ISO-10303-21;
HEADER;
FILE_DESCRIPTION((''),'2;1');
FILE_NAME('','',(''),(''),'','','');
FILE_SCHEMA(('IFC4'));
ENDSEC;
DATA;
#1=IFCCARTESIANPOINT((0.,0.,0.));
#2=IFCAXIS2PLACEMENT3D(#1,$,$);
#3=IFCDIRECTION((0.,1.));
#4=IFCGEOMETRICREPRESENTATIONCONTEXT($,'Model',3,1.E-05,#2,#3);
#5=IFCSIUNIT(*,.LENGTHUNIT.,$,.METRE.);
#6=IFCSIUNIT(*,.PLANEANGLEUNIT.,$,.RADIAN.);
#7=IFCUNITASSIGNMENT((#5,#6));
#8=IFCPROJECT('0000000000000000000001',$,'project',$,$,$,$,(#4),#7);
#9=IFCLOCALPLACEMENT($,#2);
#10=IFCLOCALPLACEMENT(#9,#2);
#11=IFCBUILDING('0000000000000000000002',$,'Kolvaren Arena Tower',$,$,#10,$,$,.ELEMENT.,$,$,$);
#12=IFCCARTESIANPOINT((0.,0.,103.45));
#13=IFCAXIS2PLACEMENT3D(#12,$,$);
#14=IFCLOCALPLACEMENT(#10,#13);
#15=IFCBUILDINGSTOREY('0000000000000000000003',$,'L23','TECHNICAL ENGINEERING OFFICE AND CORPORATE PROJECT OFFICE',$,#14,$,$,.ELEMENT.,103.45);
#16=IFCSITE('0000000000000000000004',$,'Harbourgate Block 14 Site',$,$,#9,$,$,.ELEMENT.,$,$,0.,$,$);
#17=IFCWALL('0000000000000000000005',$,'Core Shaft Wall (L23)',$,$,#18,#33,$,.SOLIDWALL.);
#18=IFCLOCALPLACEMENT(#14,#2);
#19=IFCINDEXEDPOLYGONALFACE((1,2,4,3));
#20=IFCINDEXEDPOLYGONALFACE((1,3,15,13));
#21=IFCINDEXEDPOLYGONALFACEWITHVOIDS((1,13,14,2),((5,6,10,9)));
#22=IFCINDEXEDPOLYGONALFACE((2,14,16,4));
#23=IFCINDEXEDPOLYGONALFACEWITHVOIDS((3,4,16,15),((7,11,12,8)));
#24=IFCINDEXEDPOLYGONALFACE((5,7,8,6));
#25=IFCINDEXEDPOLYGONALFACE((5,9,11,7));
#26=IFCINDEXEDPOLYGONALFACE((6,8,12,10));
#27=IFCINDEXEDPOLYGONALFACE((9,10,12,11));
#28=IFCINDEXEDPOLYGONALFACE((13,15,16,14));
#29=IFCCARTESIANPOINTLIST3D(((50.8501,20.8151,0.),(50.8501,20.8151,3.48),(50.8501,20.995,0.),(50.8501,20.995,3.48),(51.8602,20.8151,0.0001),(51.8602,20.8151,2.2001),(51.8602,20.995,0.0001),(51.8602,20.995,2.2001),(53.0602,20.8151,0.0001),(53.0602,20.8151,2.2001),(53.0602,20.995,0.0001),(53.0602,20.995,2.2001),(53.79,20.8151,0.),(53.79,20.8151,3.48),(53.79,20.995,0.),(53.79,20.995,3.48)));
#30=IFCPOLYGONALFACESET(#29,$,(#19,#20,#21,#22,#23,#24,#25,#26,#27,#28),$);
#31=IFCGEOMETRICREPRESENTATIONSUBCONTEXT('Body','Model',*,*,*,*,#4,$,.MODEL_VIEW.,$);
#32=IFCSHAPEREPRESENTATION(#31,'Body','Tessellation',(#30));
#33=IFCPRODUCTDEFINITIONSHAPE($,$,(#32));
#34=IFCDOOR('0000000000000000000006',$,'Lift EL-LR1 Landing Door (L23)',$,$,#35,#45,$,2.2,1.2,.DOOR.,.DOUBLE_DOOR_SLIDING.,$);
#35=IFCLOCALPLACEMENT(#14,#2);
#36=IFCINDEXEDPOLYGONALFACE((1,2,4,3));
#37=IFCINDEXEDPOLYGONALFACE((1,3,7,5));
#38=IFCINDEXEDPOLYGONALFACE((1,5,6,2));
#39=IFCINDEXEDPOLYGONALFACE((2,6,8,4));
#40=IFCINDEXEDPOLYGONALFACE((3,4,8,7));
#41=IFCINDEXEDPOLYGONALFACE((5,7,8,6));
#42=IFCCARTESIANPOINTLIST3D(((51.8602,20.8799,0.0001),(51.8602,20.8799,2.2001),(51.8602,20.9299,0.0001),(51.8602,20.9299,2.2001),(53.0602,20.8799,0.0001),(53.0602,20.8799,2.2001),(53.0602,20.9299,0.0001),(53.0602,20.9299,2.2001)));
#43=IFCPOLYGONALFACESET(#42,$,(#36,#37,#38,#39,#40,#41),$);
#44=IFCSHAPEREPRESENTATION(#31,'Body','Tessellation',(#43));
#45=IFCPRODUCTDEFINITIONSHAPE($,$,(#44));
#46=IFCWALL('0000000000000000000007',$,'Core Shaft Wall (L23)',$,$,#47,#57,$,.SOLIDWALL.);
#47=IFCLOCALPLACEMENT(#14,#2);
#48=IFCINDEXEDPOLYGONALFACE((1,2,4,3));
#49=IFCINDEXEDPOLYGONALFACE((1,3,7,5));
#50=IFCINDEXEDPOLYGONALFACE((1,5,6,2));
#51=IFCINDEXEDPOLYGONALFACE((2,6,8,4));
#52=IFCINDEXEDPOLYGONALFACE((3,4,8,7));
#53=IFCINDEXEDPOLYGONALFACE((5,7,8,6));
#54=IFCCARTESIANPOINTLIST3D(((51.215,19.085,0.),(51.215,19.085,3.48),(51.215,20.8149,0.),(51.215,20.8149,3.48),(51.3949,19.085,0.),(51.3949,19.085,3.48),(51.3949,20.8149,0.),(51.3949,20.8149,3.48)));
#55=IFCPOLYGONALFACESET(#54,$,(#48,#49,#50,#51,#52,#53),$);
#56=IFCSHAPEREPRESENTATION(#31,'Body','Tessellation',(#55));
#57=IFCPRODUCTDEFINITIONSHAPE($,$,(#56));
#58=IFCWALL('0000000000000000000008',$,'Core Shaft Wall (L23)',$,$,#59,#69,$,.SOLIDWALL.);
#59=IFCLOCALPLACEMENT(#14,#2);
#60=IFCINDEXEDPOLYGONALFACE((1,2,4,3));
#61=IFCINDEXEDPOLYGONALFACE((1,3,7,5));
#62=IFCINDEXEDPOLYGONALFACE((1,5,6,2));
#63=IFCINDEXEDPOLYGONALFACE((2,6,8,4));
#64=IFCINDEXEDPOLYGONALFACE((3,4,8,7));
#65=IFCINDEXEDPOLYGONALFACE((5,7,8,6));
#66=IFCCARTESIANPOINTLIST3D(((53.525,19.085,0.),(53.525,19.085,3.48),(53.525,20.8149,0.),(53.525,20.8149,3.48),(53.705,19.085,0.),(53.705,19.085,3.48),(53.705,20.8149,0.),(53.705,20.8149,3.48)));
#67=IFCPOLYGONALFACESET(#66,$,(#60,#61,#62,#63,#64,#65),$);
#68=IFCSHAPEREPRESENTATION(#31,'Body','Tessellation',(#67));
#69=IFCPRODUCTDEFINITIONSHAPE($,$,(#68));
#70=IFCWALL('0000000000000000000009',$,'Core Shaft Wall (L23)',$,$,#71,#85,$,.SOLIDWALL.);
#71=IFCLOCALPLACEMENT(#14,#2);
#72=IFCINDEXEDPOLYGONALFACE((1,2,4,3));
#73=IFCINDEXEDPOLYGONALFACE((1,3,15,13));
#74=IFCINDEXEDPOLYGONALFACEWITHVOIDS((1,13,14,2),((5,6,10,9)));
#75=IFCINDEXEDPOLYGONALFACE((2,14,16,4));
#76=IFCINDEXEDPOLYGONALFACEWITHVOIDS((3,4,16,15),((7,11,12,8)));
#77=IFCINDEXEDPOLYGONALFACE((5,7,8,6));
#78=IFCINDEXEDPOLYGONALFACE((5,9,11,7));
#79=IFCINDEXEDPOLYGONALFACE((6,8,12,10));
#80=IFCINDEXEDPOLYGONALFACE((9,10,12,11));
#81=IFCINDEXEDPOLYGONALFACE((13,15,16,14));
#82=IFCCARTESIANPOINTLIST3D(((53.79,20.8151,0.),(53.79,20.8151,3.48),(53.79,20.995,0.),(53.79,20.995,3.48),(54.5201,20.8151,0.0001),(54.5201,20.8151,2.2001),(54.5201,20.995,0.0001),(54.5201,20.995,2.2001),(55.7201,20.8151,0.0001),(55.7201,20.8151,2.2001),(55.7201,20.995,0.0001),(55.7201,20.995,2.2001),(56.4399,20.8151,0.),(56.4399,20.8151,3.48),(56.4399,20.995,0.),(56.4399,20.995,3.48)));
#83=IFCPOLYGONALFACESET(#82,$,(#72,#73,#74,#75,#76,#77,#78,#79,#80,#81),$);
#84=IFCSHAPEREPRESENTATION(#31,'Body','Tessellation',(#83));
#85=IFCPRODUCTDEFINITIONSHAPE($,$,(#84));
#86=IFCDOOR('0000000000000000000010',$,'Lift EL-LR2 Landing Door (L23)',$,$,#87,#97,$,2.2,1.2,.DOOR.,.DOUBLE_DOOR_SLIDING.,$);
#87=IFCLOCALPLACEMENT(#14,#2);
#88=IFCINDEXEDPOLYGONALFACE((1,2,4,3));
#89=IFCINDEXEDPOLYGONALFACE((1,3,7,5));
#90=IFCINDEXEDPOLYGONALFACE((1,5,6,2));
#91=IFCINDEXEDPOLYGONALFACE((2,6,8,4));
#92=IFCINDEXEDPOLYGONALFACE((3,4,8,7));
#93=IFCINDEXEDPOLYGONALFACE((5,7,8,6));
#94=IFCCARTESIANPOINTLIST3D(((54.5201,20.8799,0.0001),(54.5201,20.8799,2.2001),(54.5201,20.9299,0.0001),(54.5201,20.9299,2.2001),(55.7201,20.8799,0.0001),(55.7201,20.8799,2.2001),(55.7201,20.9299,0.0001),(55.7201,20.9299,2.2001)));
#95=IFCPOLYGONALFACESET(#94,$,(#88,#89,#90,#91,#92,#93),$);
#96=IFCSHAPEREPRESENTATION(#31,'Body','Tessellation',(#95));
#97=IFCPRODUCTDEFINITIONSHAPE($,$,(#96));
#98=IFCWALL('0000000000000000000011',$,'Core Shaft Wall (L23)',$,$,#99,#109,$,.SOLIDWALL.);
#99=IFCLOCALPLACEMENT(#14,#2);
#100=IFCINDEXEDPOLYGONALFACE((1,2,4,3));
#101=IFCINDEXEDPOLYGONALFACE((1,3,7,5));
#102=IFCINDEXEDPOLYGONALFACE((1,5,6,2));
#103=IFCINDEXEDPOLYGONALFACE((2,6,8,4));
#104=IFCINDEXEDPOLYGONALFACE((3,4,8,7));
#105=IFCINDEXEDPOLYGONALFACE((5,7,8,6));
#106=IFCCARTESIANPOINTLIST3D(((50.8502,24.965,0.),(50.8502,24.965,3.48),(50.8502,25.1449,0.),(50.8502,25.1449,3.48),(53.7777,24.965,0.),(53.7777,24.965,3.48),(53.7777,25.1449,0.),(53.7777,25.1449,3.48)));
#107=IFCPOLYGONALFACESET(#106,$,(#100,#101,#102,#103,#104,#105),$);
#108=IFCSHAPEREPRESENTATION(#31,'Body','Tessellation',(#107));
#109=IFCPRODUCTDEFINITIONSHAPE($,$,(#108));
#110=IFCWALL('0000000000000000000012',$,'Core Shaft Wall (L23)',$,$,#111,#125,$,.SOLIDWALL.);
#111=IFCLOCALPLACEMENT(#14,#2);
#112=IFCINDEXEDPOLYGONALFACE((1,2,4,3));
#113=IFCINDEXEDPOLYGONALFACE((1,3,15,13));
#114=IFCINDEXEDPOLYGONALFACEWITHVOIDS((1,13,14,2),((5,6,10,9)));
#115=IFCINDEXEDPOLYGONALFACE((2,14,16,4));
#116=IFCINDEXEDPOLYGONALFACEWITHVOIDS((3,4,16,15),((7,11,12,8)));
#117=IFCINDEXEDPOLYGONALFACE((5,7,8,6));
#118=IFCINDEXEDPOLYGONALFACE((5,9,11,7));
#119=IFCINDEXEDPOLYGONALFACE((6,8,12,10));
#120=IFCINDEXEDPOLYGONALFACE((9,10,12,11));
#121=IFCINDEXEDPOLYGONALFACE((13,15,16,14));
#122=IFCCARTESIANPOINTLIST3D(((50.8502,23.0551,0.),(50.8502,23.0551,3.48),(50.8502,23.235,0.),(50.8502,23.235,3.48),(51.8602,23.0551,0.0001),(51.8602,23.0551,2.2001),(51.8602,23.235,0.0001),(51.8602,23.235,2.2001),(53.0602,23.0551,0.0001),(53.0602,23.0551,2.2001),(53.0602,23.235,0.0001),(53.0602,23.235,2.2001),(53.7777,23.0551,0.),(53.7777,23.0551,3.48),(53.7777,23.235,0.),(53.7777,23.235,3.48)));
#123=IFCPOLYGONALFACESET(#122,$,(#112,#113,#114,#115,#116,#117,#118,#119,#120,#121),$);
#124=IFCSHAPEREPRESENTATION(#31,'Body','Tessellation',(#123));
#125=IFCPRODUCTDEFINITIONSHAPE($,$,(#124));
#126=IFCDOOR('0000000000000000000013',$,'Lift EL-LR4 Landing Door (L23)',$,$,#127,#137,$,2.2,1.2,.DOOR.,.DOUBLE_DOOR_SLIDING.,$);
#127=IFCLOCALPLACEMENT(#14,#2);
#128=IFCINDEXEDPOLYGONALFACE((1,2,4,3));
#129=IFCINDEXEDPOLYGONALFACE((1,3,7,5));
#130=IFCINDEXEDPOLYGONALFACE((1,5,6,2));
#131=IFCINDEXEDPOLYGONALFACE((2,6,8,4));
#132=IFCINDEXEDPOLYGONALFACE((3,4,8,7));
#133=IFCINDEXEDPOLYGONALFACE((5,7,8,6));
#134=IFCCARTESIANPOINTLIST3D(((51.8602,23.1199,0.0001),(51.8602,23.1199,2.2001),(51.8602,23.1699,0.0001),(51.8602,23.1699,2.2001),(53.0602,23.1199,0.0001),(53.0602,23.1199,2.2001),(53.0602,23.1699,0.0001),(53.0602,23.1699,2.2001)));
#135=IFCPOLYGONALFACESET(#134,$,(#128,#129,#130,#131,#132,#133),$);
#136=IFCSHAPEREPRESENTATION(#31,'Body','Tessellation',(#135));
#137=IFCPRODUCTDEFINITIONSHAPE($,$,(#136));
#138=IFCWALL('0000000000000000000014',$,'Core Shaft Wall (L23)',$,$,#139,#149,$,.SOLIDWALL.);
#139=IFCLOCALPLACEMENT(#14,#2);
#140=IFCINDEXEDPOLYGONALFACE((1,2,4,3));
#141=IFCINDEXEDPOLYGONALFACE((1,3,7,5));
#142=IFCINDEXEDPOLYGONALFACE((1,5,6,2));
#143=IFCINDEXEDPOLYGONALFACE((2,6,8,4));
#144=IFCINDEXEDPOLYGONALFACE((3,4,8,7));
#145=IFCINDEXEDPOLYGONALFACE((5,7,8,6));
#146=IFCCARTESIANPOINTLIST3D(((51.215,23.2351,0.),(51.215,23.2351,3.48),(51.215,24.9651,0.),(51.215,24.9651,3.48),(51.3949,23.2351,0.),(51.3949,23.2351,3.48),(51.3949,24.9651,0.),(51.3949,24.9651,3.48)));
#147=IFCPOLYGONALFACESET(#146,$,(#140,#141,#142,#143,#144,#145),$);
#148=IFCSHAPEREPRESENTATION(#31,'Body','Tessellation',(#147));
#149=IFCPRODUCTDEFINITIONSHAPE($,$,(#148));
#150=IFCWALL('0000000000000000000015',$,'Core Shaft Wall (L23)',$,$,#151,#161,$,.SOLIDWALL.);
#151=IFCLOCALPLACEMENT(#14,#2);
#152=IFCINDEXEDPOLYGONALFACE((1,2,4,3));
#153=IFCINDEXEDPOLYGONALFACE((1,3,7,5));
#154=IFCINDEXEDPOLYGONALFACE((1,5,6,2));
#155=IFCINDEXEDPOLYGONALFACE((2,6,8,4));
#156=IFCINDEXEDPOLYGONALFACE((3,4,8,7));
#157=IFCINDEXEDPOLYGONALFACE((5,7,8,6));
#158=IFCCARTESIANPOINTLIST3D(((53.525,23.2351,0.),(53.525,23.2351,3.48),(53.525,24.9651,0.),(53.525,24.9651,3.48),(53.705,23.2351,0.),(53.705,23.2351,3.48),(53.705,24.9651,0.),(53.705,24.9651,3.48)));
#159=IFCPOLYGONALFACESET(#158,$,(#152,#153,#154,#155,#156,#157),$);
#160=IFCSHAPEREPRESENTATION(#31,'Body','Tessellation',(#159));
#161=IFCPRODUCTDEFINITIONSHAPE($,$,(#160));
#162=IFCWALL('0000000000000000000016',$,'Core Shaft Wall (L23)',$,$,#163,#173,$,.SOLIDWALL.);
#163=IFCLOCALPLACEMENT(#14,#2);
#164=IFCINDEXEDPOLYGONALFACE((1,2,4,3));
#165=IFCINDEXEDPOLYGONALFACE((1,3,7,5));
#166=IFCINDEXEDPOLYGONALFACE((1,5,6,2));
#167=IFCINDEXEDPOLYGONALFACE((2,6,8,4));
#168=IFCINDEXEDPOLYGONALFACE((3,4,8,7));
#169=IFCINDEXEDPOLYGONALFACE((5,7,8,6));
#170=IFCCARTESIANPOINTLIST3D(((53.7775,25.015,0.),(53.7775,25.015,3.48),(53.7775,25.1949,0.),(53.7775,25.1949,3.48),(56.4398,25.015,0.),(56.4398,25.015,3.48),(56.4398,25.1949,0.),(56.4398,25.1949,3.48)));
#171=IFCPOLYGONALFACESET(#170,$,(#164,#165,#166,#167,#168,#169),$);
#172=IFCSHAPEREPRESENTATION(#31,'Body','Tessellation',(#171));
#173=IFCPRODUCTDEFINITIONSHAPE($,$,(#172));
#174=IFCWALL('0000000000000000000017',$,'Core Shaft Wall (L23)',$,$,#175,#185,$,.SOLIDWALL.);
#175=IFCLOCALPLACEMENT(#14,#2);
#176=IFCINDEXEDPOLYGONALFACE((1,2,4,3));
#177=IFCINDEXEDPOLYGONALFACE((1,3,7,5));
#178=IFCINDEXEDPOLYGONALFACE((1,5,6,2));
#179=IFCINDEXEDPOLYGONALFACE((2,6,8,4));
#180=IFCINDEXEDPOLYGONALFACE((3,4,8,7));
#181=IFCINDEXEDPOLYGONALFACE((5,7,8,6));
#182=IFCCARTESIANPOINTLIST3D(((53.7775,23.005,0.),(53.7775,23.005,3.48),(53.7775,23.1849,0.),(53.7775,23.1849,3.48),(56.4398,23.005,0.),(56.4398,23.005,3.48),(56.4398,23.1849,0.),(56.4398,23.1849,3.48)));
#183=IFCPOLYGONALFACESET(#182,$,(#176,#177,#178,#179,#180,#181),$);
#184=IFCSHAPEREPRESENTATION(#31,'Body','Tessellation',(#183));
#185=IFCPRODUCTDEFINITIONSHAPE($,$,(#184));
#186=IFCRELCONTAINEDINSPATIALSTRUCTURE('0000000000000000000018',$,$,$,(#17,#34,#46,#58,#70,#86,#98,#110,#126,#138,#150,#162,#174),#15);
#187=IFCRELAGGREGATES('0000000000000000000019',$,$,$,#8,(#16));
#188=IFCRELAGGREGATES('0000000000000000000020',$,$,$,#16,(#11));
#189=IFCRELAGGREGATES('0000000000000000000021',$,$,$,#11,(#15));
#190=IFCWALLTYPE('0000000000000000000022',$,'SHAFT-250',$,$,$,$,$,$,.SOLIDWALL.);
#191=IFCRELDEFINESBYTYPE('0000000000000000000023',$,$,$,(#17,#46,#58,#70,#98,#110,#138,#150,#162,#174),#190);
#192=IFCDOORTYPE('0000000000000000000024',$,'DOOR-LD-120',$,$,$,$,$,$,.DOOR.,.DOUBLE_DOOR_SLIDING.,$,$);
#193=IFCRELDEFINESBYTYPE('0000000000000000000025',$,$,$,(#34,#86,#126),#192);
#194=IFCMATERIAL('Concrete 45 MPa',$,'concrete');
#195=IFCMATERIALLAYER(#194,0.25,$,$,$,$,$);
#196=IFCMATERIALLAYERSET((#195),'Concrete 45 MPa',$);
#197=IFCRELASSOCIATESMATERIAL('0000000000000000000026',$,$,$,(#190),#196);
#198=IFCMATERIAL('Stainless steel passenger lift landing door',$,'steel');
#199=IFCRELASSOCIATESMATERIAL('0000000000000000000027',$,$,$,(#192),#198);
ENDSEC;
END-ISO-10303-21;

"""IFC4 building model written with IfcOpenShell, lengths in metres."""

from ifc_helpers import new_model, si_unit, direction, frame, frame_2d, origin, place, context, subcontext, project, spatial, rectangle, extrude, material, layer, layer_set, type_object, element, fill, save


model = new_model("IFC4")

# Units and contexts
model_context = context("Model", 3, precision=1e-05, world=origin(), true_north=direction((0.0, 1.0)))
body_context = subcontext(model_context, "Body", "Model", "MODEL_VIEW")
ifc_project = project(units=[si_unit("LENGTHUNIT", "METRE"), si_unit("PLANEANGLEUNIT", "RADIAN")], contexts=[model_context])

# Site, building, storey
site_placement = place(None, origin())
site = spatial("IfcSite", under=ifc_project, at=site_placement, Name="Harbourgate Block 14 Site", CompositionType="ELEMENT", RefElevation=0.0)
building_placement = place(site_placement, origin())
building = spatial("IfcBuilding", under=site, at=building_placement, Name="Kolvaren Arena Tower", CompositionType="ELEMENT")
storey_placement = place(building_placement, frame((0.0, 0.0, 103.45)))
storey = spatial("IfcBuildingStorey", under=building, at=storey_placement, Name="L23", Description="TECHNICAL ENGINEERING OFFICE AND CORPORATE PROJECT OFFICE", CompositionType="ELEMENT", Elevation=103.45)

# Wall, opening, door
ifc_material_1 = material(Name="Concrete 45 MPa", Category="concrete")
ifc_layer_1 = layer(ifc_material_1, 0.25)
ifc_layer_set_1 = layer_set([ifc_layer_1], Name="Concrete 45 MPa")
wall_type_1 = type_object("IfcWallType", Name="SHAFT-250", PredefinedType="SOLIDWALL", material=ifc_layer_set_1)
wall_1_placement = place(storey_placement, frame((50.8501, 20.905, 0.0), z_axis=(0.0, 0.0, 1.0), x_axis=(1.0, 0.0, 0.0)))
wall_1 = element("IfcWall", 1, at=wall_1_placement, inside=storey, type_object=wall_type_1, Name="Core Shaft Wall (L23)", PredefinedType="SOLIDWALL", context=body_context, shape_type="SweptSolid", body=[
    extrude(rectangle(XDim=2.9399, YDim=0.1799, at=frame_2d((1.47, 0.0))), origin(), (0.0, 0.0, 1.0), 3.48),
])
opening_1_placement = place(wall_1_placement, frame((1.01, 0.0, 0.0)))
opening_1 = element("IfcOpeningElement", 2, at=opening_1_placement, cuts=wall_1, PredefinedType="OPENING", context=body_context, shape_type="SweptSolid", body=[
    extrude(rectangle(XDim=1.2, YDim=2.2, at=frame_2d((0.6001, 1.1001))), frame((0.0, 0.0999, 0.0), z_axis=(0.0, -1.0, 0.0), x_axis=(1.0, 0.0, 0.0)), (0.0, 0.0, 1.0), 0.2),
])
ifc_material_2 = material(Name="Stainless steel passenger lift landing door", Category="steel")
door_type_1 = type_object("IfcDoorType", Name="DOOR-LD-120", OperationType="DOUBLE_DOOR_SLIDING", PredefinedType="DOOR", material=ifc_material_2)
door_1_placement = place(opening_1_placement, origin())
door_1 = element("IfcDoor", 3, at=door_1_placement, inside=storey, type_object=door_type_1, Name="Lift EL-LR1 Landing Door (L23)", OperationType="DOUBLE_DOOR_SLIDING", OverallHeight=2.2, OverallWidth=1.2, PredefinedType="DOOR", context=body_context, shape_type="SweptSolid", body=[
    extrude(rectangle(XDim=1.2, YDim=2.2, at=frame_2d((0.6001, 1.1001))), frame((0.0, 0.0249, 0.0), z_axis=(0.0, -1.0, 0.0), x_axis=(1.0, 0.0, 0.0)), (0.0, 0.0, 1.0), 0.05),
])
fill(opening_1, door_1)

# Walls
for number, where, z_axis, x_axis, name in (
    (4, (51.3049, 19.085, 0.0), (0.0, 0.0, 1.0), (0.0, 1.0, 0.0), "Core Shaft Wall (L23)"),
    (5, (53.615, 19.085, 0.0), (0.0, 0.0, 1.0), (0.0, 1.0, 0.0), "Core Shaft Wall (L23)"),
):
    element("IfcWall", number, at=place(storey_placement, frame(where, z_axis=z_axis, x_axis=x_axis)), inside=storey, type_object=wall_type_1, Name=name, PredefinedType="SOLIDWALL", context=body_context, shape_type="SweptSolid", body=[
        extrude(rectangle(XDim=1.73, YDim=0.1799, at=frame_2d((0.865, 0.0))), origin(), (0.0, 0.0, 1.0), 3.48),
    ])

# Wall, opening, door
wall_2_placement = place(storey_placement, frame((53.79, 20.905, 0.0), z_axis=(0.0, 0.0, 1.0), x_axis=(1.0, 0.0, 0.0)))
wall_2 = element("IfcWall", 6, at=wall_2_placement, inside=storey, type_object=wall_type_1, Name="Core Shaft Wall (L23)", PredefinedType="SOLIDWALL", context=body_context, shape_type="SweptSolid", body=[
    extrude(rectangle(XDim=2.6499, YDim=0.1799, at=frame_2d((1.325, 0.0))), origin(), (0.0, 0.0, 1.0), 3.48),
])
opening_2_placement = place(wall_2_placement, frame((0.73, 0.0, 0.0)))
opening_2 = element("IfcOpeningElement", 7, at=opening_2_placement, cuts=wall_2, PredefinedType="OPENING", context=body_context, shape_type="SweptSolid", body=[
    extrude(rectangle(XDim=1.2, YDim=2.2, at=frame_2d((0.6001, 1.1001))), frame((0.0, 0.0999, 0.0), z_axis=(0.0, -1.0, 0.0), x_axis=(1.0, 0.0, 0.0)), (0.0, 0.0, 1.0), 0.2),
])
door_2_placement = place(opening_2_placement, origin())
door_2 = element("IfcDoor", 8, at=door_2_placement, inside=storey, type_object=door_type_1, Name="Lift EL-LR2 Landing Door (L23)", OperationType="DOUBLE_DOOR_SLIDING", OverallHeight=2.2, OverallWidth=1.2, PredefinedType="DOOR", context=body_context, shape_type="SweptSolid", body=[
    extrude(rectangle(XDim=1.2, YDim=2.2, at=frame_2d((0.6001, 1.1001))), frame((0.0, 0.0249, 0.0), z_axis=(0.0, -1.0, 0.0), x_axis=(1.0, 0.0, 0.0)), (0.0, 0.0, 1.0), 0.05),
])
fill(opening_2, door_2)

# Wall
wall_3_placement = place(storey_placement, frame((50.8501, 25.0549, 0.0), z_axis=(0.0, 0.0, 1.0), x_axis=(1.0, 0.0, 0.0)))
element("IfcWall", 9, at=wall_3_placement, inside=storey, type_object=wall_type_1, Name="Core Shaft Wall (L23)", PredefinedType="SOLIDWALL", context=body_context, shape_type="SweptSolid", body=[
    extrude(rectangle(XDim=2.9275, YDim=0.1799, at=frame_2d((1.4639, 0.0))), origin(), (0.0, 0.0, 1.0), 3.48),
])

# Wall, opening, door
wall_4_placement = place(storey_placement, frame((50.8501, 23.145, 0.0), z_axis=(0.0, 0.0, 1.0), x_axis=(1.0, 0.0, 0.0)))
wall_4 = element("IfcWall", 10, at=wall_4_placement, inside=storey, type_object=wall_type_1, Name="Core Shaft Wall (L23)", PredefinedType="SOLIDWALL", context=body_context, shape_type="SweptSolid", body=[
    extrude(rectangle(XDim=2.9275, YDim=0.1799, at=frame_2d((1.4639, 0.0))), origin(), (0.0, 0.0, 1.0), 3.48),
])
opening_3_placement = place(wall_4_placement, frame((1.01, 0.0, 0.0)))
opening_3 = element("IfcOpeningElement", 11, at=opening_3_placement, cuts=wall_4, PredefinedType="OPENING", context=body_context, shape_type="SweptSolid", body=[
    extrude(rectangle(XDim=1.2, YDim=2.2, at=frame_2d((0.6001, 1.1001))), frame((0.0, 0.0999, 0.0), z_axis=(0.0, -1.0, 0.0), x_axis=(1.0, 0.0, 0.0)), (0.0, 0.0, 1.0), 0.2),
])
door_3_placement = place(opening_3_placement, origin())
door_3 = element("IfcDoor", 12, at=door_3_placement, inside=storey, type_object=door_type_1, Name="Lift EL-LR4 Landing Door (L23)", OperationType="DOUBLE_DOOR_SLIDING", OverallHeight=2.2, OverallWidth=1.2, PredefinedType="DOOR", context=body_context, shape_type="SweptSolid", body=[
    extrude(rectangle(XDim=1.2, YDim=2.2, at=frame_2d((0.6001, 1.1001))), frame((0.0, 0.0249, 0.0), z_axis=(0.0, -1.0, 0.0), x_axis=(1.0, 0.0, 0.0)), (0.0, 0.0, 1.0), 0.05),
])
fill(opening_3, door_3)

# Walls
for number, where, z_axis, x_axis, name in (
    (13, (51.3049, 23.2351, 0.0), (0.0, 0.0, 1.0), (0.0, 1.0, 0.0), "Core Shaft Wall (L23)"),
    (14, (53.615, 23.2351, 0.0), (0.0, 0.0, 1.0), (0.0, 1.0, 0.0), "Core Shaft Wall (L23)"),
):
    element("IfcWall", number, at=place(storey_placement, frame(where, z_axis=z_axis, x_axis=x_axis)), inside=storey, type_object=wall_type_1, Name=name, PredefinedType="SOLIDWALL", context=body_context, shape_type="SweptSolid", body=[
        extrude(rectangle(XDim=1.73, YDim=0.1799, at=frame_2d((0.865, 0.0))), origin(), (0.0, 0.0, 1.0), 3.48),
    ])
for number, where, z_axis, x_axis, name in (
    (15, (53.7776, 25.105, 0.0), (0.0, 0.0, 1.0), (1.0, 0.0, 0.0), "Core Shaft Wall (L23)"),
    (16, (53.7776, 23.095, 0.0), (0.0, 0.0, 1.0), (1.0, 0.0, 0.0), "Core Shaft Wall (L23)"),
):
    element("IfcWall", number, at=place(storey_placement, frame(where, z_axis=z_axis, x_axis=x_axis)), inside=storey, type_object=wall_type_1, Name=name, PredefinedType="SOLIDWALL", context=body_context, shape_type="SweptSolid", body=[
        extrude(rectangle(XDim=2.6624, YDim=0.1799, at=frame_2d((1.3311, 0.0))), origin(), (0.0, 0.0, 1.0), 3.48),
    ])

save(model, "model.ifc")
